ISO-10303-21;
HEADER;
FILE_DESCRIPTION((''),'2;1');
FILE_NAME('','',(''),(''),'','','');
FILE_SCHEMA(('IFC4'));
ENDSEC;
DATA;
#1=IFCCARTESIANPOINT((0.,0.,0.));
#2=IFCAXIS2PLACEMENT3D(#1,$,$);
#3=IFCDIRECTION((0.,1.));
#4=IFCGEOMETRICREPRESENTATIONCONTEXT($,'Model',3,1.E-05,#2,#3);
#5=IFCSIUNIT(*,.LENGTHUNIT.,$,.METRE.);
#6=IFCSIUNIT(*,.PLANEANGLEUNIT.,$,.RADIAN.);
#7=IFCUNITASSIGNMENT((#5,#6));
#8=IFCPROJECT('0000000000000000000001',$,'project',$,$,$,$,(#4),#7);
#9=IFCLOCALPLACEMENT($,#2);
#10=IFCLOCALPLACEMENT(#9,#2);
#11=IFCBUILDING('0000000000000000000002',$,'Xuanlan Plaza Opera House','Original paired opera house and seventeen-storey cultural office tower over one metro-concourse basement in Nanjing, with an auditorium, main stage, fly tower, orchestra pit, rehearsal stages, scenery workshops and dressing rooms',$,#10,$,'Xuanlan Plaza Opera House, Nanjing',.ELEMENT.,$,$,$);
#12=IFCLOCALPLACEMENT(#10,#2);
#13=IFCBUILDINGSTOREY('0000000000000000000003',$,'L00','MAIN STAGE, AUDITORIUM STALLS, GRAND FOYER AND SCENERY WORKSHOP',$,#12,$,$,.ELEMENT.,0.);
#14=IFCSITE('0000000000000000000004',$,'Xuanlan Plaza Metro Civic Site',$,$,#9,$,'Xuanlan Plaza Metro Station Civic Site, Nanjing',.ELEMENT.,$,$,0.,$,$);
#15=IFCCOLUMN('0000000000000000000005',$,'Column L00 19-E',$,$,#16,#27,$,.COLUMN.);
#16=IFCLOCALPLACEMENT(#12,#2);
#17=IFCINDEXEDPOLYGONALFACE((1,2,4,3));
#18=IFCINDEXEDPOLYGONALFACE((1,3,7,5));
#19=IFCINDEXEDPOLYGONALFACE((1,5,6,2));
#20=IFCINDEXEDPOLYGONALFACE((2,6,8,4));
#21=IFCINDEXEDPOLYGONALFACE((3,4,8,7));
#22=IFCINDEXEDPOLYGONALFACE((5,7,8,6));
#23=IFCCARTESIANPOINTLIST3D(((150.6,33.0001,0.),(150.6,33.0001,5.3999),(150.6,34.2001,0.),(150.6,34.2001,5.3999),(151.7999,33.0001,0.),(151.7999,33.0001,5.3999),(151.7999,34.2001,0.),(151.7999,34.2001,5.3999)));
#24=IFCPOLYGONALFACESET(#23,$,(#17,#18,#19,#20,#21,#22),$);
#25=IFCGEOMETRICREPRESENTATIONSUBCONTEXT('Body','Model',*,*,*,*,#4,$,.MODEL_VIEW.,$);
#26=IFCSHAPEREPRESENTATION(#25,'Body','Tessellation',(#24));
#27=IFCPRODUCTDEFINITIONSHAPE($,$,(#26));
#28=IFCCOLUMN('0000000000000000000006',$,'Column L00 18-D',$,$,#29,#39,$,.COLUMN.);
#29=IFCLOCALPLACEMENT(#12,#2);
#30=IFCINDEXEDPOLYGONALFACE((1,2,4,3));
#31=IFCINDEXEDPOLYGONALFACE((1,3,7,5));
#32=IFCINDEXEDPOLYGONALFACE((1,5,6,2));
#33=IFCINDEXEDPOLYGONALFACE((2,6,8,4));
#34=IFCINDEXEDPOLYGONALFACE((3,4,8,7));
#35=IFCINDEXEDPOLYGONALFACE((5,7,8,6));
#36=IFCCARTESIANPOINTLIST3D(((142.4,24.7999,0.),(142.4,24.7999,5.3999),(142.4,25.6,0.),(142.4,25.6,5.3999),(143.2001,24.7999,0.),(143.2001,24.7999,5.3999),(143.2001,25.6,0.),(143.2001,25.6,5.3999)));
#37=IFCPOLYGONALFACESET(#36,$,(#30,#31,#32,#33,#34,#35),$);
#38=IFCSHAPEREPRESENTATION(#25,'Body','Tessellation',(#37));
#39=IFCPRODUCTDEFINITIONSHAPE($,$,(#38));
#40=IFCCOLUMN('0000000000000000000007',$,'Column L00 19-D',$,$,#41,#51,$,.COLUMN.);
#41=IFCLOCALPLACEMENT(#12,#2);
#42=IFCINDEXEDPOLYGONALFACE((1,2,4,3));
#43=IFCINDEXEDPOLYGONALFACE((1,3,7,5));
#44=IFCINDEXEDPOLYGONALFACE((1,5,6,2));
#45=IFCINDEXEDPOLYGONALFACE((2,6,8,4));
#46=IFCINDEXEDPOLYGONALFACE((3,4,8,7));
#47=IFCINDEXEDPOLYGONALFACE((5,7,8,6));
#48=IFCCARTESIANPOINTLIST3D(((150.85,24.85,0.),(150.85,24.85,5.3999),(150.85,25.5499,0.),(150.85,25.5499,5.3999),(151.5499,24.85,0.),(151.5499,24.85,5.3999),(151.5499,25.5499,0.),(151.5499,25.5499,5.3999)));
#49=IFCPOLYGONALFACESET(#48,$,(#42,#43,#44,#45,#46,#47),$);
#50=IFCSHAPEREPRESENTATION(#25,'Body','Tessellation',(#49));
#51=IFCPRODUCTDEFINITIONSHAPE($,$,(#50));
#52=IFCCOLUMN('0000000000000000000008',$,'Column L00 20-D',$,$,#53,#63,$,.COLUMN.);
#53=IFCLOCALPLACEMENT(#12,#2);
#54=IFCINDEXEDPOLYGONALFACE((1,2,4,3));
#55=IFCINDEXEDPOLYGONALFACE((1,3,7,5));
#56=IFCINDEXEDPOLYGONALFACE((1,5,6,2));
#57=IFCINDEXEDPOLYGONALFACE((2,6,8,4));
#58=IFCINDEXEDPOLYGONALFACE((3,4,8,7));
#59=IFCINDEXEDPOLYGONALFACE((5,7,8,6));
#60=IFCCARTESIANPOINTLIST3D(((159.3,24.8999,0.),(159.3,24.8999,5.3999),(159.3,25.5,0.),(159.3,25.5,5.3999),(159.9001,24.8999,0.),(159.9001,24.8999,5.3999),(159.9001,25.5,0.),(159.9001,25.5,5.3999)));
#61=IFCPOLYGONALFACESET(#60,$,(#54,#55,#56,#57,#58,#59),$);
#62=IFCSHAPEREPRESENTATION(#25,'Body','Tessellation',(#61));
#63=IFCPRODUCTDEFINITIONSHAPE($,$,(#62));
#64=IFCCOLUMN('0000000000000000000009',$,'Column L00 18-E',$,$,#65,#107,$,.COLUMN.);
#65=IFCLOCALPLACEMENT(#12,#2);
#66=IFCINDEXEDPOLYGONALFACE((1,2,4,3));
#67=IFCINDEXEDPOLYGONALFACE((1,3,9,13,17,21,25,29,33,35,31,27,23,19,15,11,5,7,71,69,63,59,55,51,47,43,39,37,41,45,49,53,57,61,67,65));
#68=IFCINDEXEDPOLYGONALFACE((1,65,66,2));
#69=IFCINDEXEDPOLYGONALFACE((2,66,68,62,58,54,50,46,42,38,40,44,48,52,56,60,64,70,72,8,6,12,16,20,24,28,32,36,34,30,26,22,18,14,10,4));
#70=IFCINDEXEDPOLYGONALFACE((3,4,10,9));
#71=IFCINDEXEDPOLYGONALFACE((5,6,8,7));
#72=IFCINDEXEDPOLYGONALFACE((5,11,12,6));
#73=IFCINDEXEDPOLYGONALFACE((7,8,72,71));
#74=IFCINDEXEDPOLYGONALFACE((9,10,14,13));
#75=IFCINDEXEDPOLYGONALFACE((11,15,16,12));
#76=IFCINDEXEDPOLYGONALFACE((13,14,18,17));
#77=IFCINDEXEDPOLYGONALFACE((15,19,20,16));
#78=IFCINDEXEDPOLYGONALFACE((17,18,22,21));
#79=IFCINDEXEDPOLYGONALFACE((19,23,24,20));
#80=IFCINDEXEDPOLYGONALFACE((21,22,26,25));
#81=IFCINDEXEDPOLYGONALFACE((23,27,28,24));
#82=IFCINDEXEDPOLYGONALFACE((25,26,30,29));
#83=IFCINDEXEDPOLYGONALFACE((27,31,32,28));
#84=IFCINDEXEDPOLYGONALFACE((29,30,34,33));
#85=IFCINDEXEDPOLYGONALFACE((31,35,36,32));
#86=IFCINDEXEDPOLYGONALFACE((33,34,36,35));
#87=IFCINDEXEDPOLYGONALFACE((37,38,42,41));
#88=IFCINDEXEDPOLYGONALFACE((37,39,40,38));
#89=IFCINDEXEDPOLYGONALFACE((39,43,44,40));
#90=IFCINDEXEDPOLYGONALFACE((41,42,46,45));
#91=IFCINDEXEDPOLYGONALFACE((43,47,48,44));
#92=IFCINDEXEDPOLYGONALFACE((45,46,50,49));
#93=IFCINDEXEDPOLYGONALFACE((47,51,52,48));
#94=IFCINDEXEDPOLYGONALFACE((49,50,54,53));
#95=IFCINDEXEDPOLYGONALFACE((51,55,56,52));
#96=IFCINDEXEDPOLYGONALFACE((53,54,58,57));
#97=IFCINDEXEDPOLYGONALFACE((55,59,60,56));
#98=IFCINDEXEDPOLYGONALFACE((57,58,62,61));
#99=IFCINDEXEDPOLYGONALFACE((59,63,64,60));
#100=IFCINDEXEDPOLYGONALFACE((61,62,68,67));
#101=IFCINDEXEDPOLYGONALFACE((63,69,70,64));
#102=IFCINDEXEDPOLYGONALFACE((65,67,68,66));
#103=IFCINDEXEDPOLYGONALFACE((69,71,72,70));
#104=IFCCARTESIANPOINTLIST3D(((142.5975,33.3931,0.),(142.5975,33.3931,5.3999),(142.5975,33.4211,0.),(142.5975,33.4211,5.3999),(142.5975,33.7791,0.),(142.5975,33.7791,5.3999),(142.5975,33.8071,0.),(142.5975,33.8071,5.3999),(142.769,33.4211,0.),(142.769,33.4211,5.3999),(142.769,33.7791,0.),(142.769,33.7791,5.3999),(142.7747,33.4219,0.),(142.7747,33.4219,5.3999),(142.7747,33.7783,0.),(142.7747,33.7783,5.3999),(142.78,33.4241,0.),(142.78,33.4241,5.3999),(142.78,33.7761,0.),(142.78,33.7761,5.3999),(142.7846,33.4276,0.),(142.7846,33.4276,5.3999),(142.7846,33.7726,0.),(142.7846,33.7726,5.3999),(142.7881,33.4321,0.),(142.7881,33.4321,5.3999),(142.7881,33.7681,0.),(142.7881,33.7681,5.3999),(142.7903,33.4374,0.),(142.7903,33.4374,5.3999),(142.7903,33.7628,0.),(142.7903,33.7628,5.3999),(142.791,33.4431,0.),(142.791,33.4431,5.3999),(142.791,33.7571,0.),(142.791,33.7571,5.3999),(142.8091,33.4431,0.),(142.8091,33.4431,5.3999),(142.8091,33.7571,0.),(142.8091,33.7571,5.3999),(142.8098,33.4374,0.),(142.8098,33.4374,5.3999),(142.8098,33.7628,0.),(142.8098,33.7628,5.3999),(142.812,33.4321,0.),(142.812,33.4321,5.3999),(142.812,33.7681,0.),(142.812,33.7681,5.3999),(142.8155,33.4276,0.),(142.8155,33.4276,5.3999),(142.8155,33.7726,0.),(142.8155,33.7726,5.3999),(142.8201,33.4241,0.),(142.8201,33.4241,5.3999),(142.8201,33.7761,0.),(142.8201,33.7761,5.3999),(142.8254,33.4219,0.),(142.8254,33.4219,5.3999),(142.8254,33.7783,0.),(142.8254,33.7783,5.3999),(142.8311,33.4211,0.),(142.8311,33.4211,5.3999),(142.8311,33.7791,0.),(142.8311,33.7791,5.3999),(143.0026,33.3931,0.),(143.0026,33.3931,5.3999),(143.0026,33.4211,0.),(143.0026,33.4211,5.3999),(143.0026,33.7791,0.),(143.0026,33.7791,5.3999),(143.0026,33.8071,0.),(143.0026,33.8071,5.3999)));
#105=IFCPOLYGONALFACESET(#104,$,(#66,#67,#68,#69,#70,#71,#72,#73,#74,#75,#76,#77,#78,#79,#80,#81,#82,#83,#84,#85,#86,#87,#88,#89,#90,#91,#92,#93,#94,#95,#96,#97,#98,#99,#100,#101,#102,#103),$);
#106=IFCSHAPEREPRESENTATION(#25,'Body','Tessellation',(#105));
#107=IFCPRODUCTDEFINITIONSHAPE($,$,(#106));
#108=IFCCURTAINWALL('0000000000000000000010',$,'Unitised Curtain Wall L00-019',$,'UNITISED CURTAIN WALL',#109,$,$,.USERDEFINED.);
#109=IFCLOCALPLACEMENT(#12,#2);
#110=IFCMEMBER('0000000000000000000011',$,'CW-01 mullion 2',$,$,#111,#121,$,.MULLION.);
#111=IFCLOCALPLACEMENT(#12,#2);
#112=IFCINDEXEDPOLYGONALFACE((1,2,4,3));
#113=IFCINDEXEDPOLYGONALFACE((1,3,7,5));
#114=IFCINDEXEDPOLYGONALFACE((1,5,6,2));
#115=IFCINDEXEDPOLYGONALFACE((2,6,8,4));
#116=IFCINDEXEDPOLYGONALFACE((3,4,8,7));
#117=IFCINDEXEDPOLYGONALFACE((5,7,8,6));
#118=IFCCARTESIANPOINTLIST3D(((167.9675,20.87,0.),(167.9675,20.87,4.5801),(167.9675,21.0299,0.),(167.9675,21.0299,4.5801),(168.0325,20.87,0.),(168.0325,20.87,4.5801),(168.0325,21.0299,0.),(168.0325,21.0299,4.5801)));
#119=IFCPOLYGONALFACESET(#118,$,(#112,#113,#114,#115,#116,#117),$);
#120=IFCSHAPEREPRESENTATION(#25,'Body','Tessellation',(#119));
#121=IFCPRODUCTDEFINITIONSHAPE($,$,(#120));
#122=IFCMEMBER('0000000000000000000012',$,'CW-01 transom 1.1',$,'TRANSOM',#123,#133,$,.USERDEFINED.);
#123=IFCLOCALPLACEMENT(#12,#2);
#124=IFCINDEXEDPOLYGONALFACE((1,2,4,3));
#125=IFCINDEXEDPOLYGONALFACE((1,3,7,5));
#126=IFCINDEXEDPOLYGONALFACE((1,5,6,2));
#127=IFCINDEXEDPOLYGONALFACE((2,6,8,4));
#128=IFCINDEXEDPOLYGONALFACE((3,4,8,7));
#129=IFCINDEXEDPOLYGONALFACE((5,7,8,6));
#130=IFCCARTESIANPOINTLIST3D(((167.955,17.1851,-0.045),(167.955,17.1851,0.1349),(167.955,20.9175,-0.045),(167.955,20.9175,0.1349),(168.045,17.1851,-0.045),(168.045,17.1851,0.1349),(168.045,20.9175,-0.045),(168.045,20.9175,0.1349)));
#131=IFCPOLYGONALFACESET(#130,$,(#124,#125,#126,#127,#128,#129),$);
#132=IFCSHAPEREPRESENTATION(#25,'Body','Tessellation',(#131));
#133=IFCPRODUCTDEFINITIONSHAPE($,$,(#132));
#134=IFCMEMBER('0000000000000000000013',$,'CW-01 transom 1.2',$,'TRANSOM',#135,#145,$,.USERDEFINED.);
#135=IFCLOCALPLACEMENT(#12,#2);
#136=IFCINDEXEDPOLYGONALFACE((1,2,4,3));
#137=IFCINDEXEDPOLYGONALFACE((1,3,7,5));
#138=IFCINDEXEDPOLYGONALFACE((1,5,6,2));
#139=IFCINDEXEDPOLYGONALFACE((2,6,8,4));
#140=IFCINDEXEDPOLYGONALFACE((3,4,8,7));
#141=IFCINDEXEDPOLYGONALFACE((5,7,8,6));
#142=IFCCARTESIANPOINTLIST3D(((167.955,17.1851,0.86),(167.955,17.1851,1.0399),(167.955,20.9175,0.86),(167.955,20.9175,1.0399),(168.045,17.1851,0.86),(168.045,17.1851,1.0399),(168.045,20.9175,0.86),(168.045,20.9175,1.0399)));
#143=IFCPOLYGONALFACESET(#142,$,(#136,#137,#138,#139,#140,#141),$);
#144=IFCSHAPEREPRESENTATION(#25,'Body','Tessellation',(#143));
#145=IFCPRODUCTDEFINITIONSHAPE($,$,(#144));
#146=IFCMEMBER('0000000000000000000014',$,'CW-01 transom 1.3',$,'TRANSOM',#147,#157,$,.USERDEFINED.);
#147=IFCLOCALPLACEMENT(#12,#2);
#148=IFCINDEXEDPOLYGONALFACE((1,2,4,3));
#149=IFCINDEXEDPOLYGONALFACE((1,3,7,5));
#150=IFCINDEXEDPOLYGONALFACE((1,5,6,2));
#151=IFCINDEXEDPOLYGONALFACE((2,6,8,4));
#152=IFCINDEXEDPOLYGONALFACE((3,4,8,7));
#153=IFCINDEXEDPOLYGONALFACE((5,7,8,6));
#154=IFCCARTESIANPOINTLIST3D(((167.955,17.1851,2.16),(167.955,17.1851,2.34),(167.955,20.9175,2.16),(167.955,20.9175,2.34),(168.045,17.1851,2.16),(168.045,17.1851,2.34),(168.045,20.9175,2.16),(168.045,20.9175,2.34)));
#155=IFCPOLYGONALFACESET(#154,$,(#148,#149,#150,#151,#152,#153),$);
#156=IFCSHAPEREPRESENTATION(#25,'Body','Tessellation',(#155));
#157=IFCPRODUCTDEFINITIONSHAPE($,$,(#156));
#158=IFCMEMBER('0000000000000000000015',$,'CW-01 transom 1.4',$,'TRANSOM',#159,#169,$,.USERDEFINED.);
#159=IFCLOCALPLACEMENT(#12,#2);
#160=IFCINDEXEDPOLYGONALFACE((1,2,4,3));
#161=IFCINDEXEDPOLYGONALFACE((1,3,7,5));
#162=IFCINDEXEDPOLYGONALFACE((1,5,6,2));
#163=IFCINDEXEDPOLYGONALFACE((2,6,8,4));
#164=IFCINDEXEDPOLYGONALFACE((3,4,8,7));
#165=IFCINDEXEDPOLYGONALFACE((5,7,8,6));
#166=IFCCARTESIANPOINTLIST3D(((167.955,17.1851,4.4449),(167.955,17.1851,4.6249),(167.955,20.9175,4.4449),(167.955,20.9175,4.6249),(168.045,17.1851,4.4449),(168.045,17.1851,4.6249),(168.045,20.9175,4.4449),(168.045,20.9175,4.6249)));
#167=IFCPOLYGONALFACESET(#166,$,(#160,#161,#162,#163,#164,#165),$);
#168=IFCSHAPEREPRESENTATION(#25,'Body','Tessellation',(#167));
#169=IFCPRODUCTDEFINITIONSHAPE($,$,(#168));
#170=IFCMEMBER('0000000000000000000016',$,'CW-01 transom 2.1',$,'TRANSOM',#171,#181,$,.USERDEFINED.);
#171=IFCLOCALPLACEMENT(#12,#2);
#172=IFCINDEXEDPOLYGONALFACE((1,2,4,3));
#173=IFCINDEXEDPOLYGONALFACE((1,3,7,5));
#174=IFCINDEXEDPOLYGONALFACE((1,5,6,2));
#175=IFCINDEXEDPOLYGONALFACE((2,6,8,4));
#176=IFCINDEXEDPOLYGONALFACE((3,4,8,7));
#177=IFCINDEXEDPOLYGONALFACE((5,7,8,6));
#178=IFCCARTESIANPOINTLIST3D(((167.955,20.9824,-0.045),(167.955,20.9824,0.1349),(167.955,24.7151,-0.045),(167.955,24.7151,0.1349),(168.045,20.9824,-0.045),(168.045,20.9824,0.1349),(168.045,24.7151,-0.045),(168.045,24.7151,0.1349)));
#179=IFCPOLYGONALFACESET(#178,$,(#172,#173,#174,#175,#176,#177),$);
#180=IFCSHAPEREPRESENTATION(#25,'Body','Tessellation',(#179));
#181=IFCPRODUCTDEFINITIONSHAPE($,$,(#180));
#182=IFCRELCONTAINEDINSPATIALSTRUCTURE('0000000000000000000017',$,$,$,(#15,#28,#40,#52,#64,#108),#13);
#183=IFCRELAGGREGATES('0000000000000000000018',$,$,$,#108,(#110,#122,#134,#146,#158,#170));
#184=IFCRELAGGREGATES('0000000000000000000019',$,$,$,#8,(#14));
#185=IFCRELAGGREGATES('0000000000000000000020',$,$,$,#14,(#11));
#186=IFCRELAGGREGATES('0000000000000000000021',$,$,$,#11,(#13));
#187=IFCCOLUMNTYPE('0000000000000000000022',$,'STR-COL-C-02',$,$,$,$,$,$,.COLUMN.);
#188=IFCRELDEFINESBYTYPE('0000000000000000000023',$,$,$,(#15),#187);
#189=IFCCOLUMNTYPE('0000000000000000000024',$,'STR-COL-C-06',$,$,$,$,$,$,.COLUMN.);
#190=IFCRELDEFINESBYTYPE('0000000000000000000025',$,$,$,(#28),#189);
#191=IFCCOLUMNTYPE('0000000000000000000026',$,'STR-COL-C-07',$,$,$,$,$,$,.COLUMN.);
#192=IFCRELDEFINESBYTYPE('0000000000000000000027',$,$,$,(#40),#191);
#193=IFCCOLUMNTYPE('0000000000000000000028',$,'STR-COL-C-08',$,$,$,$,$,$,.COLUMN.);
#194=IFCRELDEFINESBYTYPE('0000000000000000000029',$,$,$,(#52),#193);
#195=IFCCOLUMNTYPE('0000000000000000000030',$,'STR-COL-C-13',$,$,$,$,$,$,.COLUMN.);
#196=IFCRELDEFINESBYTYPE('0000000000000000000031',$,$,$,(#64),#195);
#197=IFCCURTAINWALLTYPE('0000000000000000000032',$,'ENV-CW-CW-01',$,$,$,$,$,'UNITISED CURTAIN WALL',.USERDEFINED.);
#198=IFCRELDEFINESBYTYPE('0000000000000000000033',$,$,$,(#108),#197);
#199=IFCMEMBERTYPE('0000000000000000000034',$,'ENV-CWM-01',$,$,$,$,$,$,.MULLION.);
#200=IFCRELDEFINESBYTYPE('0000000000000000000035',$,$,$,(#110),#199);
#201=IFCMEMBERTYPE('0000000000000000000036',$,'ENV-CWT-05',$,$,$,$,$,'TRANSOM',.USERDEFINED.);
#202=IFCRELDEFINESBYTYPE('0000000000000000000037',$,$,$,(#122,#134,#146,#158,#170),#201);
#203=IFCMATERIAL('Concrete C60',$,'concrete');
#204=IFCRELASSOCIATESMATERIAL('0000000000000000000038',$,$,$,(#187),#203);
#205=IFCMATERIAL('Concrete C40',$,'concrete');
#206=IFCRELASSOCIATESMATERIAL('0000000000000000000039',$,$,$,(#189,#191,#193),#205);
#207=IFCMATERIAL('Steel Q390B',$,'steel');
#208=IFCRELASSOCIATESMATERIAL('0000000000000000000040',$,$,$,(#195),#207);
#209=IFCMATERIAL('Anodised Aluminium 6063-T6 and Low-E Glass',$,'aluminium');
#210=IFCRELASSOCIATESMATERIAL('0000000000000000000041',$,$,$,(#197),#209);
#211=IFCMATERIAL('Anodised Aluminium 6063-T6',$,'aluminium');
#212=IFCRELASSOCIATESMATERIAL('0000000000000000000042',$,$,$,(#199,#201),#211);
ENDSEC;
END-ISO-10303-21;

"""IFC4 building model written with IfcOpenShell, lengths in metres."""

from ifc_helpers import new_model, si_unit, direction, frame, origin, origin_2d, place, context, subcontext, project, spatial, rectangle, i_section, extrude, material, material_profile, profile_set, type_object, element, aggregate, save


model = new_model("IFC4")

# Units and contexts
model_context = context("Model", 3, precision=1e-05, world=origin(), true_north=direction((0.0, 1.0)))
body_context = subcontext(model_context, "Body", "Model", "MODEL_VIEW")
ifc_project = project(units=[si_unit("LENGTHUNIT", "METRE"), si_unit("PLANEANGLEUNIT", "RADIAN")], contexts=[model_context])

# Site, building, storey
site_placement = place(None, origin())
site = spatial("IfcSite", under=ifc_project, at=site_placement, Name="Xuanlan Plaza Metro Civic Site", LongName="Xuanlan Plaza Metro Station Civic Site, Nanjing", CompositionType="ELEMENT", RefElevation=0.0)
building_placement = place(site_placement, origin())
building = spatial("IfcBuilding", under=site, at=building_placement, Name="Xuanlan Plaza Opera House", Description="Original paired opera house and seventeen-storey cultural office tower over one metro-concourse basement in Nanjing, with an auditorium, main stage, fly tower, orchestra pit, rehearsal stages, scenery workshops and dressing rooms", LongName="Xuanlan Plaza Opera House, Nanjing", CompositionType="ELEMENT")
storey_placement = place(building_placement, origin())
storey = spatial("IfcBuildingStorey", under=building, at=storey_placement, Name="L00", Description="MAIN STAGE, AUDITORIUM STALLS, GRAND FOYER AND SCENERY WORKSHOP", CompositionType="ELEMENT", Elevation=0.0)

# Columns
ifc_material_1 = material(Name="Concrete C60", Category="concrete")
ifc_material_profile_1 = material_profile(ifc_material_1, rectangle(XDim=1.2, YDim=1.2, at=origin_2d()), Name="RC-COL 1200x1200")
ifc_profile_set_1 = profile_set([ifc_material_profile_1], Name="Concrete C60")
column_type_1 = type_object("IfcColumnType", Name="STR-COL-C-02", PredefinedType="COLUMN", material=ifc_profile_set_1)
column_1_placement = place(storey_placement, frame((151.2, 33.6001, 0.0), z_axis=(0.0, 0.0, 1.0), x_axis=(1.0, 0.0, 0.0)))
element("IfcColumn", 1, at=column_1_placement, inside=storey, type_object=column_type_1, Name="Column L00 19-E", PredefinedType="COLUMN", context=body_context, shape_type="SweptSolid", body=[
    extrude(rectangle(XDim=1.2, YDim=1.2, at=origin_2d()), origin(), (0.0, 0.0, 1.0), 5.3999),
])
ifc_material_2 = material(Name="Concrete C40", Category="concrete")
ifc_material_profile_2 = material_profile(ifc_material_2, rectangle(XDim=0.8, YDim=0.8, at=origin_2d()), Name="RC-COL 800x800")
ifc_profile_set_2 = profile_set([ifc_material_profile_2], Name="Concrete C40")
column_type_2 = type_object("IfcColumnType", Name="STR-COL-C-06", PredefinedType="COLUMN", material=ifc_profile_set_2)
column_2_placement = place(storey_placement, frame((142.8, 25.2, 0.0), z_axis=(0.0, 0.0, 1.0), x_axis=(1.0, 0.0, 0.0)))
element("IfcColumn", 2, at=column_2_placement, inside=storey, type_object=column_type_2, Name="Column L00 18-D", PredefinedType="COLUMN", context=body_context, shape_type="SweptSolid", body=[
    extrude(rectangle(XDim=0.8, YDim=0.8, at=origin_2d()), origin(), (0.0, 0.0, 1.0), 5.3999),
])
ifc_material_profile_3 = material_profile(ifc_material_2, rectangle(XDim=0.7, YDim=0.7, at=origin_2d()), Name="RC-COL 700x700")
ifc_profile_set_3 = profile_set([ifc_material_profile_3], Name="Concrete C40")
column_type_3 = type_object("IfcColumnType", Name="STR-COL-C-07", PredefinedType="COLUMN", material=ifc_profile_set_3)
column_3_placement = place(storey_placement, frame((151.2, 25.2, 0.0), z_axis=(0.0, 0.0, 1.0), x_axis=(1.0, 0.0, 0.0)))
element("IfcColumn", 3, at=column_3_placement, inside=storey, type_object=column_type_3, Name="Column L00 19-D", PredefinedType="COLUMN", context=body_context, shape_type="SweptSolid", body=[
    extrude(rectangle(XDim=0.7, YDim=0.7, at=origin_2d()), origin(), (0.0, 0.0, 1.0), 5.3999),
])
ifc_material_profile_4 = material_profile(ifc_material_2, rectangle(XDim=0.6001, YDim=0.6001, at=origin_2d()), Name="RC-COL 600x600")
ifc_profile_set_4 = profile_set([ifc_material_profile_4], Name="Concrete C40")
column_type_4 = type_object("IfcColumnType", Name="STR-COL-C-08", PredefinedType="COLUMN", material=ifc_profile_set_4)
column_4_placement = place(storey_placement, frame((159.6001, 25.2, 0.0), z_axis=(0.0, 0.0, 1.0), x_axis=(1.0, 0.0, 0.0)))
element("IfcColumn", 4, at=column_4_placement, inside=storey, type_object=column_type_4, Name="Column L00 20-D", PredefinedType="COLUMN", context=body_context, shape_type="SweptSolid", body=[
    extrude(rectangle(XDim=0.6001, YDim=0.6001, at=origin_2d()), origin(), (0.0, 0.0, 1.0), 5.3999),
])
ifc_material_3 = material(Name="Steel Q390B", Category="steel")
ifc_material_profile_5 = material_profile(ifc_material_3, i_section(OverallWidth=0.405, OverallDepth=0.4141, WebThickness=0.0181, FlangeThickness=0.0281, FilletRadius=0.022, at=origin_2d()), Name="HW 414x405x18x28")
ifc_profile_set_5 = profile_set([ifc_material_profile_5], Name="Steel Q390B")
column_type_5 = type_object("IfcColumnType", Name="STR-COL-C-13", PredefinedType="COLUMN", material=ifc_profile_set_5)
column_5_placement = place(storey_placement, frame((142.8, 33.6001, 0.0), z_axis=(0.0, 0.0, 1.0), x_axis=(1.0, 0.0, 0.0)))
element("IfcColumn", 5, at=column_5_placement, inside=storey, type_object=column_type_5, Name="Column L00 18-E", PredefinedType="COLUMN", context=body_context, shape_type="SweptSolid", body=[
    extrude(i_section(OverallWidth=0.405, OverallDepth=0.4141, WebThickness=0.0181, FlangeThickness=0.0281, FilletRadius=0.022, at=origin_2d()), origin(), (0.0, 0.0, 1.0), 5.3999),
])

# Curtain wall, members
ifc_material_4 = material(Name="Anodised Aluminium 6063-T6 and Low-E Glass", Category="aluminium")
curtain_wall_type = type_object("IfcCurtainWallType", Name="ENV-CW-CW-01", ElementType="UNITISED CURTAIN WALL", PredefinedType="USERDEFINED", material=ifc_material_4)
curtain_wall_placement = place(storey_placement, origin())
curtain_wall = element("IfcCurtainWall", 6, at=curtain_wall_placement, inside=storey, type_object=curtain_wall_type, Name="Unitised Curtain Wall L00-019", ObjectType="UNITISED CURTAIN WALL", PredefinedType="USERDEFINED")
ifc_material_5 = material(Name="Anodised Aluminium 6063-T6", Category="aluminium")
ifc_material_profile_6 = material_profile(ifc_material_5, rectangle(XDim=0.0649, YDim=0.1599, at=origin_2d()), Name="ALU-M 65x160")
ifc_profile_set_6 = profile_set([ifc_material_profile_6], Name="Anodised Aluminium 6063-T6")
member_type_1 = type_object("IfcMemberType", Name="ENV-CWM-01", PredefinedType="MULLION", material=ifc_profile_set_6)
member_1_placement = place(storey_placement, frame((168.0, 20.95, 0.0), z_axis=(0.0, 0.0, 1.0), x_axis=(-1.0, 0.0, 0.0)))
member_1 = element("IfcMember", 7, at=member_1_placement, type_object=member_type_1, Name="CW-01 mullion 2", PredefinedType="MULLION", context=body_context, shape_type="SweptSolid", body=[
    extrude(rectangle(XDim=0.0649, YDim=0.1599, at=origin_2d()), origin(), (0.0, 0.0, 1.0), 4.5801),
])
ifc_material_profile_7 = material_profile(ifc_material_5, rectangle(XDim=0.0901, YDim=0.1799, at=origin_2d()), Name="ALU-T 90x180")
ifc_profile_set_7 = profile_set([ifc_material_profile_7], Name="Anodised Aluminium 6063-T6")
member_type_2 = type_object("IfcMemberType", Name="ENV-CWT-05", ElementType="TRANSOM", PredefinedType="USERDEFINED", material=ifc_profile_set_7)
member_2_placement = place(storey_placement, frame((168.0, 17.1851, 0.0449), z_axis=(0.0, 1.0, 0.0), x_axis=(-1.0, 0.0, 0.0)))
member_2 = element("IfcMember", 8, at=member_2_placement, type_object=member_type_2, Name="CW-01 transom 1.1", ObjectType="TRANSOM", PredefinedType="USERDEFINED", context=body_context, shape_type="SweptSolid", body=[
    extrude(rectangle(XDim=0.0901, YDim=0.1799, at=origin_2d()), origin(), (0.0, 0.0, 1.0), 3.7324),
])
member_3_placement = place(storey_placement, frame((168.0, 17.1851, 0.95), z_axis=(0.0, 1.0, 0.0), x_axis=(-1.0, 0.0, 0.0)))
member_3 = element("IfcMember", 9, at=member_3_placement, type_object=member_type_2, Name="CW-01 transom 1.2", ObjectType="TRANSOM", PredefinedType="USERDEFINED", context=body_context, shape_type="SweptSolid", body=[
    extrude(rectangle(XDim=0.0901, YDim=0.1799, at=origin_2d()), origin(), (0.0, 0.0, 1.0), 3.7324),
])
member_4_placement = place(storey_placement, frame((168.0, 17.1851, 2.25), z_axis=(0.0, 1.0, 0.0), x_axis=(-1.0, 0.0, 0.0)))
member_4 = element("IfcMember", 10, at=member_4_placement, type_object=member_type_2, Name="CW-01 transom 1.3", ObjectType="TRANSOM", PredefinedType="USERDEFINED", context=body_context, shape_type="SweptSolid", body=[
    extrude(rectangle(XDim=0.0901, YDim=0.1799, at=origin_2d()), origin(), (0.0, 0.0, 1.0), 3.7324),
])
member_5_placement = place(storey_placement, frame((168.0, 17.1851, 4.5349), z_axis=(0.0, 1.0, 0.0), x_axis=(-1.0, 0.0, 0.0)))
member_5 = element("IfcMember", 11, at=member_5_placement, type_object=member_type_2, Name="CW-01 transom 1.4", ObjectType="TRANSOM", PredefinedType="USERDEFINED", context=body_context, shape_type="SweptSolid", body=[
    extrude(rectangle(XDim=0.0901, YDim=0.1799, at=origin_2d()), origin(), (0.0, 0.0, 1.0), 3.7324),
])
member_6_placement = place(storey_placement, frame((168.0, 20.9824, 0.0449), z_axis=(0.0, 1.0, 0.0), x_axis=(-1.0, 0.0, 0.0)))
member_6 = element("IfcMember", 12, at=member_6_placement, type_object=member_type_2, Name="CW-01 transom 2.1", ObjectType="TRANSOM", PredefinedType="USERDEFINED", context=body_context, shape_type="SweptSolid", body=[
    extrude(rectangle(XDim=0.0901, YDim=0.1799, at=origin_2d()), origin(), (0.0, 0.0, 1.0), 3.7327),
])

aggregate(curtain_wall, [member_1, member_2, member_3, member_4, member_5, member_6])

save(model, "model.ifc")
